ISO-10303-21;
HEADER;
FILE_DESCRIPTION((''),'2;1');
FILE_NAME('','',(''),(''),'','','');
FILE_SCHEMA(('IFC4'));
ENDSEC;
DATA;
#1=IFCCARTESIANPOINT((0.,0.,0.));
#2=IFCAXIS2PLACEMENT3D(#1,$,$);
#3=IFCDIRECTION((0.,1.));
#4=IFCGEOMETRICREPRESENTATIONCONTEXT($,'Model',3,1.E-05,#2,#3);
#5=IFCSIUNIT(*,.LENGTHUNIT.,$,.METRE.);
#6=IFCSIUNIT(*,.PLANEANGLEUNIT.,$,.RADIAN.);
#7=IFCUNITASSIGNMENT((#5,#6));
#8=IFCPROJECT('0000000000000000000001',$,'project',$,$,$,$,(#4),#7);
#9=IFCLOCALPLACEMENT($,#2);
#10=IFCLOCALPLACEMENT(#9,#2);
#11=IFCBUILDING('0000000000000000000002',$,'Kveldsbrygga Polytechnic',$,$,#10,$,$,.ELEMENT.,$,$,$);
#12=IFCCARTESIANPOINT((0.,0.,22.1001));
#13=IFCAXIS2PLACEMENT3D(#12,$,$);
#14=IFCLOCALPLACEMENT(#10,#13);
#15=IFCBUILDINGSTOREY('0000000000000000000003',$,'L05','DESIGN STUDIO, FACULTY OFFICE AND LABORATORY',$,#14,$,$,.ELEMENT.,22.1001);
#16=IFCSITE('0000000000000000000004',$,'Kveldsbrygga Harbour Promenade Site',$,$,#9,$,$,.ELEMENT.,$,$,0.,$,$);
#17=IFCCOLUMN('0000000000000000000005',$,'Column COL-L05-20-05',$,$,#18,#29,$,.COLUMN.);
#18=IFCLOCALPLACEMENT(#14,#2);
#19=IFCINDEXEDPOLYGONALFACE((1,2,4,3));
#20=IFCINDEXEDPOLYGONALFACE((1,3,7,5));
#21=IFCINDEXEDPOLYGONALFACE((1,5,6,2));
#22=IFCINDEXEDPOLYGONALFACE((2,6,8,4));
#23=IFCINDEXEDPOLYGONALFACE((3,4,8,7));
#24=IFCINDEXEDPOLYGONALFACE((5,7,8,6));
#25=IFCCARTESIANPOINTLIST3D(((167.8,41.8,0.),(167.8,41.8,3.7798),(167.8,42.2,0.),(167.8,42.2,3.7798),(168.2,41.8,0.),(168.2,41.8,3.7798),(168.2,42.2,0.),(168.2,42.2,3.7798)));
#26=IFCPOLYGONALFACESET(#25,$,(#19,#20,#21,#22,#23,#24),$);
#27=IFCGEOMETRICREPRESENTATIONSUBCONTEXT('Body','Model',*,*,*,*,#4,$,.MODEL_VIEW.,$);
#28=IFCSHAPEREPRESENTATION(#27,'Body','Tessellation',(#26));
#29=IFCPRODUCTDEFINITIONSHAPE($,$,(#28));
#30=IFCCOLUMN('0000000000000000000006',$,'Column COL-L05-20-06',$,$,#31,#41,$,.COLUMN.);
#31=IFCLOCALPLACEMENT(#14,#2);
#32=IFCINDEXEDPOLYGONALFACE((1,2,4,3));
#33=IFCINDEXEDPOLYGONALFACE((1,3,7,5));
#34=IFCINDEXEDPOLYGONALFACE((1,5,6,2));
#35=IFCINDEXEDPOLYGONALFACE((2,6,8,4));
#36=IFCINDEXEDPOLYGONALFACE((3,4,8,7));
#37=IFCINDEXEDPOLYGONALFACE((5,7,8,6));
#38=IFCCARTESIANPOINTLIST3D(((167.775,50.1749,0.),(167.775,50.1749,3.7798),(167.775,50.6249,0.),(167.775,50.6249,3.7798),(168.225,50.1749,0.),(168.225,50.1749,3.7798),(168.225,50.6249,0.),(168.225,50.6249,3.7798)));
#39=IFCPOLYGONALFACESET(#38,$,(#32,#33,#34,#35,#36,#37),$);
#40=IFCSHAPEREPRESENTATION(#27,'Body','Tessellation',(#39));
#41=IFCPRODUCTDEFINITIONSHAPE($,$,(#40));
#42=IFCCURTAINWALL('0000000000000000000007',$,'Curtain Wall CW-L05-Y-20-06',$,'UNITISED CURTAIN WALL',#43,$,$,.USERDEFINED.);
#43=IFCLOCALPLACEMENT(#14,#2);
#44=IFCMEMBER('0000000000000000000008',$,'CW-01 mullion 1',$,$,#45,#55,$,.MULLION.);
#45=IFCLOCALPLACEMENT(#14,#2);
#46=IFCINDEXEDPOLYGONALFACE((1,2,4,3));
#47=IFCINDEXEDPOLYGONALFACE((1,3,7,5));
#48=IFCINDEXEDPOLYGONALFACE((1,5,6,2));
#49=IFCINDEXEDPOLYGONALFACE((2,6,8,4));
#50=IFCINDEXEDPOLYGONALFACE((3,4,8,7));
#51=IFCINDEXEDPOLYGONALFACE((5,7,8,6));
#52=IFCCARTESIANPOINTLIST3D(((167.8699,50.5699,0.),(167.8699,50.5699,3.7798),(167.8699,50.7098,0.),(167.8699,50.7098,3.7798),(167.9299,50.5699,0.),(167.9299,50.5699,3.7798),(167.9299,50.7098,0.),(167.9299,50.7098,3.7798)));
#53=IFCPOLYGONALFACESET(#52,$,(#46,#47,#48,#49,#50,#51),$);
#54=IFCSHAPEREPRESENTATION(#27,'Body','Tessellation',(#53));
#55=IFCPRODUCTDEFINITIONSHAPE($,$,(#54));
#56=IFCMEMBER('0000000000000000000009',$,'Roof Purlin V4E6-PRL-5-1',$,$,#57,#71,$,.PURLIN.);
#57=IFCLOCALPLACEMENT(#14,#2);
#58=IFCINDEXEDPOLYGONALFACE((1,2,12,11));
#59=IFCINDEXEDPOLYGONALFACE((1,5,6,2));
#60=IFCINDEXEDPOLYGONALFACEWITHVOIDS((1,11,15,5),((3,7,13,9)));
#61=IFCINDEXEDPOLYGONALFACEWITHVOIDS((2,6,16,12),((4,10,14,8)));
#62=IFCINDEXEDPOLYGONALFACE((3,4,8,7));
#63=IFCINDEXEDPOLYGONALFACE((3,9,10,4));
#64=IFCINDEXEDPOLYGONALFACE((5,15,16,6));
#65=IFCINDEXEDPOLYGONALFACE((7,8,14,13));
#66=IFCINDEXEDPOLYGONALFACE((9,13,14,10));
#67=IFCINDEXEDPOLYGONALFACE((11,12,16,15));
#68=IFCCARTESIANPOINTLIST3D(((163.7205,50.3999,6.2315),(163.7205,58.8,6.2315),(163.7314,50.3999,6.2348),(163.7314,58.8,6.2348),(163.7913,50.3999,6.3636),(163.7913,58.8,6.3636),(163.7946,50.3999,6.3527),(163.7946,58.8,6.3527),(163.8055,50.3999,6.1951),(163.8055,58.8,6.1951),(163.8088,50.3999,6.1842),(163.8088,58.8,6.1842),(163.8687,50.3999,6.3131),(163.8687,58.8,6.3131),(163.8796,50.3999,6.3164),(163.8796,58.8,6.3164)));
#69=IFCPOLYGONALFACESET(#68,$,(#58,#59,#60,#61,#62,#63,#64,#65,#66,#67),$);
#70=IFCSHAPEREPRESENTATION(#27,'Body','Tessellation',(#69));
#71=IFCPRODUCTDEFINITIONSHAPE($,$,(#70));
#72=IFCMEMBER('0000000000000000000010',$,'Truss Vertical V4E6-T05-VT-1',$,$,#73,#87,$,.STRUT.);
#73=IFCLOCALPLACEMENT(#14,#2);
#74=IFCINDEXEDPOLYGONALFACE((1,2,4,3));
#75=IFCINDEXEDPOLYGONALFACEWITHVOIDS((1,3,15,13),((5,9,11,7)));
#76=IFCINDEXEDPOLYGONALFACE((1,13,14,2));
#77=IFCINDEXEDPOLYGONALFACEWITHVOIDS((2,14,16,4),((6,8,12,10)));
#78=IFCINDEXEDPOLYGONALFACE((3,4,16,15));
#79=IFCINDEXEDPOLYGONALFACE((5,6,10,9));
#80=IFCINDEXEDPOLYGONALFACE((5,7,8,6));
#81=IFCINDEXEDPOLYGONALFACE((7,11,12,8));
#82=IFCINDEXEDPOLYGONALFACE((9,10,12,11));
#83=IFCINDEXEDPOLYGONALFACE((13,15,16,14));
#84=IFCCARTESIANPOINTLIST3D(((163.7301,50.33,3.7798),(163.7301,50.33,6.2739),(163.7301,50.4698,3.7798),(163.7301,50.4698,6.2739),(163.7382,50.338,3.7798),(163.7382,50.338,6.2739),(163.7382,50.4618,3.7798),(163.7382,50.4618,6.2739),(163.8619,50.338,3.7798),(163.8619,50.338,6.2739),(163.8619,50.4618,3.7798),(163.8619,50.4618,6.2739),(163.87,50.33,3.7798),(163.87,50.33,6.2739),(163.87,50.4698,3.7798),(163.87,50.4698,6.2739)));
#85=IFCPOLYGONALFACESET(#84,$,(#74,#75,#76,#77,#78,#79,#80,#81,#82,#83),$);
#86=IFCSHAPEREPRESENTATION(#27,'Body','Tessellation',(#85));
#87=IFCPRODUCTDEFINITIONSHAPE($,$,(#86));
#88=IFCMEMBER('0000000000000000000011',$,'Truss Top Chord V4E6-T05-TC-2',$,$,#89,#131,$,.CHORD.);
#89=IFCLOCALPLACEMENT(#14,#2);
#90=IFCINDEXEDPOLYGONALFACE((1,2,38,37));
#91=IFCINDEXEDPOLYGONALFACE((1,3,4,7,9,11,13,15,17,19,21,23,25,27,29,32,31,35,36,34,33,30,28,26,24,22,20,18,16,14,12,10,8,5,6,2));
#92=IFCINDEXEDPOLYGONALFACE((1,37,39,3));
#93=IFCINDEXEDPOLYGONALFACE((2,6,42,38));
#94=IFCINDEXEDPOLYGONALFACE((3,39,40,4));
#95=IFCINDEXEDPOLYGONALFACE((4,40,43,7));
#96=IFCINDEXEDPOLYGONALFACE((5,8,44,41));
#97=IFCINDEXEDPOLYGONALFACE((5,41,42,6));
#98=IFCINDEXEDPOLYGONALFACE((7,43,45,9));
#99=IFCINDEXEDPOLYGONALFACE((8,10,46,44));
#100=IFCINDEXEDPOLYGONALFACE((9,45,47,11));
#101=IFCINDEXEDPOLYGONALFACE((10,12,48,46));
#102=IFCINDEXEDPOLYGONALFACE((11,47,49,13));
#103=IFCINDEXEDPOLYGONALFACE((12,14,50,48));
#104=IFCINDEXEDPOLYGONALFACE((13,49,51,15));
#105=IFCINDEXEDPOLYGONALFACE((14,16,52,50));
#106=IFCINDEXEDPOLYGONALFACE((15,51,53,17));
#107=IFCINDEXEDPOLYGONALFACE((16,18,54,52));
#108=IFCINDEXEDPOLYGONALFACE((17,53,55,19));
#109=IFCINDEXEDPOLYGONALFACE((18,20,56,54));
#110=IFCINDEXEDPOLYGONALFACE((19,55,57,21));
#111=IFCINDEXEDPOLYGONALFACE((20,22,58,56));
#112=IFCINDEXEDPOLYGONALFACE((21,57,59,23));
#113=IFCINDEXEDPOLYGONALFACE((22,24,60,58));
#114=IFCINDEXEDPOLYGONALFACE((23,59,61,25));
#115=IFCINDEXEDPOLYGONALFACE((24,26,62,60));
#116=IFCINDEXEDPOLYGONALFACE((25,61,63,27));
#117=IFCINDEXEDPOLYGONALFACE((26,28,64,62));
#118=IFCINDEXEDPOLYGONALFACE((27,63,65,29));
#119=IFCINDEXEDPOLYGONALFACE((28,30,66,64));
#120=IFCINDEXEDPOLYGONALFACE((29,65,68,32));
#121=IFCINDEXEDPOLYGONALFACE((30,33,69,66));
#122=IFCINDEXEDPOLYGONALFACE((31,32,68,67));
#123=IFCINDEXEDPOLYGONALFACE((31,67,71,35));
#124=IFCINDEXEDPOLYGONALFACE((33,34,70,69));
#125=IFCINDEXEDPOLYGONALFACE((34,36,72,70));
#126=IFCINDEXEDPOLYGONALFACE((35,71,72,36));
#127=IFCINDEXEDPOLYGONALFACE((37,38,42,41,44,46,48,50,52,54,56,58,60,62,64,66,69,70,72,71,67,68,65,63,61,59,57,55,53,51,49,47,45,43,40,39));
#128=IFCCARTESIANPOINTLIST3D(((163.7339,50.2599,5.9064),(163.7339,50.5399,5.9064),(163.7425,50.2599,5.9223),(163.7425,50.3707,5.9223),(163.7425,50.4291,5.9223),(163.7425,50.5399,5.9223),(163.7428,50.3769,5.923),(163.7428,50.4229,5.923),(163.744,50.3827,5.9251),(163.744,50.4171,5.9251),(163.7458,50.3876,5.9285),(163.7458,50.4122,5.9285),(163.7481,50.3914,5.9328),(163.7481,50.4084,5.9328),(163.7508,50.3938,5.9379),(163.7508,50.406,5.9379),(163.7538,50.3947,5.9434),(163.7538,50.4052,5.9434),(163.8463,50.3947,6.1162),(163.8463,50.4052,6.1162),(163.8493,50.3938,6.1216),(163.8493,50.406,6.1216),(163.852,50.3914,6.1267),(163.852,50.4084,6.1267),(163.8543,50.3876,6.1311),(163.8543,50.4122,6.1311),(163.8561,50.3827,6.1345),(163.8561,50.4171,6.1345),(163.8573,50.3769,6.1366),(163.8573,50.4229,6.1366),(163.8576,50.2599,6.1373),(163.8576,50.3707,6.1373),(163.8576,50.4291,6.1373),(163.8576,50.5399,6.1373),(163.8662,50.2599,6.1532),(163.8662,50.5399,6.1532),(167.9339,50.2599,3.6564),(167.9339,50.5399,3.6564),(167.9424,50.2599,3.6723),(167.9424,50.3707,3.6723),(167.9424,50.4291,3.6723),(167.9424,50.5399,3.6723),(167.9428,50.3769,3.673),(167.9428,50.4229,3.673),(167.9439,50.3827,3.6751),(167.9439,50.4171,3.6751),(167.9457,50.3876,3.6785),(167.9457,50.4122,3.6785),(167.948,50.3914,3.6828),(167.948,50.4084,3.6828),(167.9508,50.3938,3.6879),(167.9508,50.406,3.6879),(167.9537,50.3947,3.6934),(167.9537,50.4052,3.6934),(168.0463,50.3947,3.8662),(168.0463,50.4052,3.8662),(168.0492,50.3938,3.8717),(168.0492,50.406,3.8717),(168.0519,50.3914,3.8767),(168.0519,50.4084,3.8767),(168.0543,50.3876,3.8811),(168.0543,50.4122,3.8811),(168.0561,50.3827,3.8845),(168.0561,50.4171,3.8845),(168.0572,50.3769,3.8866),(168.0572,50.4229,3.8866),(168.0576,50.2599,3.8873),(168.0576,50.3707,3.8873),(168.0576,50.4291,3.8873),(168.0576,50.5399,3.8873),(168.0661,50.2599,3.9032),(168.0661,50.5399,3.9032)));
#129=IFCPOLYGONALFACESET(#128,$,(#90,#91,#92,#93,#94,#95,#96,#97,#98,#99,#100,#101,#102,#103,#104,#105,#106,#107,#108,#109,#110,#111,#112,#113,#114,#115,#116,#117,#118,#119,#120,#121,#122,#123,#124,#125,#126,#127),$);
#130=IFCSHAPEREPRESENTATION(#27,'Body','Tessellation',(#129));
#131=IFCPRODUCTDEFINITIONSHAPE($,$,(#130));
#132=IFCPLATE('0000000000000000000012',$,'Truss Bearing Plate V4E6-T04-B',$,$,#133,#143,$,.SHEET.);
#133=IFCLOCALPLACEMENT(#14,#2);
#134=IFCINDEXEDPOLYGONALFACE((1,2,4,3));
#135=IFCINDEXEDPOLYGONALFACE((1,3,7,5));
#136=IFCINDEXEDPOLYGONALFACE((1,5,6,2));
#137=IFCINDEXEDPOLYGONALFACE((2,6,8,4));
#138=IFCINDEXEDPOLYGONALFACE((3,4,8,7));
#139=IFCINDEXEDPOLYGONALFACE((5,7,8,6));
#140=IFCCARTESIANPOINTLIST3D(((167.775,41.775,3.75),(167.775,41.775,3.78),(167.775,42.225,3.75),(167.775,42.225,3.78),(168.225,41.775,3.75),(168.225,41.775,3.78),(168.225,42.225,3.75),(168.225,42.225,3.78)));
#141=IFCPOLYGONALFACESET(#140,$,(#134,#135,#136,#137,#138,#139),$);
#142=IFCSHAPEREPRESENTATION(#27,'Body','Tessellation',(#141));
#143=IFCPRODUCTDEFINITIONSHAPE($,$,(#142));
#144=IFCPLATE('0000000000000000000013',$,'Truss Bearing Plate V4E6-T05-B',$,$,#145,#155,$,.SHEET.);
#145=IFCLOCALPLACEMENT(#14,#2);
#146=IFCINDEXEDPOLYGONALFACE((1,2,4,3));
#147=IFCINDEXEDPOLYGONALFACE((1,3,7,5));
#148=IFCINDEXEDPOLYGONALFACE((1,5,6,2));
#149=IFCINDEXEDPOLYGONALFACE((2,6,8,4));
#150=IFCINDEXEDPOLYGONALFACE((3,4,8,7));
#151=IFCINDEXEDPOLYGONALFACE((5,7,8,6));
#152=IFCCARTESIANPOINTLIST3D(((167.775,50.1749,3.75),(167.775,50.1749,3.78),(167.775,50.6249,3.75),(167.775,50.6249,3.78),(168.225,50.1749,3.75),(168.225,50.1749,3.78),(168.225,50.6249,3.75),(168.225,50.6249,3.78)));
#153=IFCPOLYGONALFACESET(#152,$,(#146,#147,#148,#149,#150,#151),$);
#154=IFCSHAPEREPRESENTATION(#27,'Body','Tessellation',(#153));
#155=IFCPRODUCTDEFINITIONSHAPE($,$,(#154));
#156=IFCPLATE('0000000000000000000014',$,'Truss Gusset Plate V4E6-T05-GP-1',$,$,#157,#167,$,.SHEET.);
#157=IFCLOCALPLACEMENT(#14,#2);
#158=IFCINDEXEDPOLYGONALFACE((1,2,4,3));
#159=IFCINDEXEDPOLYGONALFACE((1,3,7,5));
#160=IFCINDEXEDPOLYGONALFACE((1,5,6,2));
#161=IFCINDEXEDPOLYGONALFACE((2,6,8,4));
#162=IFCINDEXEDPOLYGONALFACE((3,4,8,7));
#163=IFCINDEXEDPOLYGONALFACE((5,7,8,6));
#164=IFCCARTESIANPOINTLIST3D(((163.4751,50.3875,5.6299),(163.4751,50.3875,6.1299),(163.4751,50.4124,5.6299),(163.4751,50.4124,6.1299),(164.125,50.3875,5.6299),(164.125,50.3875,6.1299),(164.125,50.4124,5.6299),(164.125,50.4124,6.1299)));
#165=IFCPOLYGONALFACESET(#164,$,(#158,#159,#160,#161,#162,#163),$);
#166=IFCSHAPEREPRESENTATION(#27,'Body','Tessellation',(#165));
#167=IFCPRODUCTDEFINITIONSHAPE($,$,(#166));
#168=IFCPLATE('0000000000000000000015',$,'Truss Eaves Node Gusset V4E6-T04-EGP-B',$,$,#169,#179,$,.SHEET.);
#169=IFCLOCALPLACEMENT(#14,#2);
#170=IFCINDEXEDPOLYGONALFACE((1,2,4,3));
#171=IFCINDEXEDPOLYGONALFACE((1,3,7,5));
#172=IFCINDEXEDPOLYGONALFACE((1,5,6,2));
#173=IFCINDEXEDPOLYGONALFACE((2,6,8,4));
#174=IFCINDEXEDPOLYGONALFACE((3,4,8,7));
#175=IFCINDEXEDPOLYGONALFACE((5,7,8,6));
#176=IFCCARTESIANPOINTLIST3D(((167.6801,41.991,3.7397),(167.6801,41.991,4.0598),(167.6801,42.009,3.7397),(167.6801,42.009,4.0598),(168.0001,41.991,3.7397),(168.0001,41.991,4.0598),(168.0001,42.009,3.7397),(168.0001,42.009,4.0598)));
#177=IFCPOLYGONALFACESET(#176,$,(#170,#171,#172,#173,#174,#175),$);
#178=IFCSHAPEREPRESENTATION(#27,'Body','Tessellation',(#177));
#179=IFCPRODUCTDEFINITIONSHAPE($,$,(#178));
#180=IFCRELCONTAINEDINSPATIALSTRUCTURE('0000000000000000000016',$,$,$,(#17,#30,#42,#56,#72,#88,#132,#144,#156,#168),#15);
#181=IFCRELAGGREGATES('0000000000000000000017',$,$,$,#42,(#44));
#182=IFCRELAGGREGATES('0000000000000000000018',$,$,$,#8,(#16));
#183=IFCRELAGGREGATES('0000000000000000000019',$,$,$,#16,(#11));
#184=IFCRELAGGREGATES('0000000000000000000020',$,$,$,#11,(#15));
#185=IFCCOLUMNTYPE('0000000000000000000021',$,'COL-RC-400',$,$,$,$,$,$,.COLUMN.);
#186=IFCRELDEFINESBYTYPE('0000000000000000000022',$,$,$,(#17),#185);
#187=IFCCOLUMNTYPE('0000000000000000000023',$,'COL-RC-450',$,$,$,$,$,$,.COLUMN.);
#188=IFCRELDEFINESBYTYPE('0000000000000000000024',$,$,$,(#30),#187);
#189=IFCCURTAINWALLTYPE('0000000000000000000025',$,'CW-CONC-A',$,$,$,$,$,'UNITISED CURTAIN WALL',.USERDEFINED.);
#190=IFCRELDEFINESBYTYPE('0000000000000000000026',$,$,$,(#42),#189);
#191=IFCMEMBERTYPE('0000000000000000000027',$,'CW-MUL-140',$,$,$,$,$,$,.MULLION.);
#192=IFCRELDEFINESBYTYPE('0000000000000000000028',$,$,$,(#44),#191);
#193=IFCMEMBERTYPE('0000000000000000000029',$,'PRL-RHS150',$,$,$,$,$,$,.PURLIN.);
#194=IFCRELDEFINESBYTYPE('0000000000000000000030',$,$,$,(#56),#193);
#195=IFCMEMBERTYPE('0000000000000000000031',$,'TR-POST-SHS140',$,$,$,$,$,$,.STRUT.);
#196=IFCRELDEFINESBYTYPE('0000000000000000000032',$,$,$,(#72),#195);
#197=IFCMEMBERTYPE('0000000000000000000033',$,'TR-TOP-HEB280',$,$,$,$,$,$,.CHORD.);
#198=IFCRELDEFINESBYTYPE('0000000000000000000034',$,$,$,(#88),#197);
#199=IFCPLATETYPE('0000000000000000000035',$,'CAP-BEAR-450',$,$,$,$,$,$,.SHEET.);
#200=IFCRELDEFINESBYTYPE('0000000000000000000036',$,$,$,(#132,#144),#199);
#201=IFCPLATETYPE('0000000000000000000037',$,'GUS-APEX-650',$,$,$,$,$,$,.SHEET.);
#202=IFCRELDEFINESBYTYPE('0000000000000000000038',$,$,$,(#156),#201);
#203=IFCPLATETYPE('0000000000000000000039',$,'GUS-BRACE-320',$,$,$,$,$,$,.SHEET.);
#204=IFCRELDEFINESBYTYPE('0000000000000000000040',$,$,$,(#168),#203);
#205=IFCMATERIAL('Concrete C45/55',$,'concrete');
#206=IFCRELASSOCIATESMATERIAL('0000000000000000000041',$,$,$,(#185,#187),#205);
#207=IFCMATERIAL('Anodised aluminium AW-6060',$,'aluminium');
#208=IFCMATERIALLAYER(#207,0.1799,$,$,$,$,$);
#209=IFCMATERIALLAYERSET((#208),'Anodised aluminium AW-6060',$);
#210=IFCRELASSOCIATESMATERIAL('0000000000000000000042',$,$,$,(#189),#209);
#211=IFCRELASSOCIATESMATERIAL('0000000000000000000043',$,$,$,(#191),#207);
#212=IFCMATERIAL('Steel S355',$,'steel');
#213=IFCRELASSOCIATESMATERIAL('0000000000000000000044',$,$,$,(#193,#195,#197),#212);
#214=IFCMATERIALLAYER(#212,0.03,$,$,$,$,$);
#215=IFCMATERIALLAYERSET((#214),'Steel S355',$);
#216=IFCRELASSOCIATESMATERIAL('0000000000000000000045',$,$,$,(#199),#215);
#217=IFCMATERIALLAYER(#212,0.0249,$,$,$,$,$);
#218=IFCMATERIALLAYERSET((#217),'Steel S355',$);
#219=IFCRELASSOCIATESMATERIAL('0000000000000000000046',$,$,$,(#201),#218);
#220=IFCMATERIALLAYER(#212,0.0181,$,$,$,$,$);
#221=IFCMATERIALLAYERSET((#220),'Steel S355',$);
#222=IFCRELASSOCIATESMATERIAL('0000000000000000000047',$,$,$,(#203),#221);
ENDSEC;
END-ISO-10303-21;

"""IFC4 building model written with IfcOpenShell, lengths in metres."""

from ifc_helpers import new_model, si_unit, direction, frame, origin, origin_2d, place, context, subcontext, project, spatial, rectangle, hollow_rectangle, i_section, extrude, material, layer, layer_set, material_profile, profile_set, type_object, element, aggregate, save


model = new_model("IFC4")

# Units and contexts
model_context = context("Model", 3, precision=1e-05, world=origin(), true_north=direction((0.0, 1.0)))
body_context = subcontext(model_context, "Body", "Model", "MODEL_VIEW")
ifc_project = project(units=[si_unit("LENGTHUNIT", "METRE"), si_unit("PLANEANGLEUNIT", "RADIAN")], contexts=[model_context])

# Site, building, storey
site_placement = place(None, origin())
site = spatial("IfcSite", under=ifc_project, at=site_placement, Name="Kveldsbrygga Harbour Promenade Site", CompositionType="ELEMENT", RefElevation=0.0)
building_placement = place(site_placement, origin())
building = spatial("IfcBuilding", under=site, at=building_placement, Name="Kveldsbrygga Polytechnic", CompositionType="ELEMENT")
storey_placement = place(building_placement, frame((0.0, 0.0, 22.1001)))
storey = spatial("IfcBuildingStorey", under=building, at=storey_placement, Name="L05", Description="DESIGN STUDIO, FACULTY OFFICE AND LABORATORY", CompositionType="ELEMENT", Elevation=22.1001)

# Columns
ifc_material_1 = material(Name="Concrete C45/55", Category="concrete")
ifc_material_profile_1 = material_profile(ifc_material_1, rectangle(XDim=0.3999, YDim=0.3999, at=origin_2d()), Name="RC 400x400")
ifc_profile_set_1 = profile_set([ifc_material_profile_1], Name="Concrete C45/55")
column_type_1 = type_object("IfcColumnType", Name="COL-RC-400", PredefinedType="COLUMN", material=ifc_profile_set_1)
column_1_placement = place(storey_placement, frame((168.0, 42.0, 0.0), z_axis=(0.0, 0.0, 1.0), x_axis=(1.0, 0.0, 0.0)))
element("IfcColumn", 1, at=column_1_placement, inside=storey, type_object=column_type_1, Name="Column COL-L05-20-05", PredefinedType="COLUMN", context=body_context, shape_type="SweptSolid", body=[
    extrude(rectangle(XDim=0.3999, YDim=0.3999, at=origin_2d()), origin(), (0.0, 0.0, 1.0), 3.7798),
])
ifc_material_profile_2 = material_profile(ifc_material_1, rectangle(XDim=0.45, YDim=0.45, at=origin_2d()), Name="RC 450x450")
ifc_profile_set_2 = profile_set([ifc_material_profile_2], Name="Concrete C45/55")
column_type_2 = type_object("IfcColumnType", Name="COL-RC-450", PredefinedType="COLUMN", material=ifc_profile_set_2)
column_2_placement = place(storey_placement, frame((168.0, 50.3999, 0.0), z_axis=(0.0, 0.0, 1.0), x_axis=(1.0, 0.0, 0.0)))
element("IfcColumn", 2, at=column_2_placement, inside=storey, type_object=column_type_2, Name="Column COL-L05-20-06", PredefinedType="COLUMN", context=body_context, shape_type="SweptSolid", body=[
    extrude(rectangle(XDim=0.45, YDim=0.45, at=origin_2d()), origin(), (0.0, 0.0, 1.0), 3.7798),
])

# Curtain wall, member
ifc_material_2 = material(Name="Anodised aluminium AW-6060", Category="aluminium")
ifc_layer_1 = layer(ifc_material_2, 0.1799)
ifc_layer_set_1 = layer_set([ifc_layer_1], Name="Anodised aluminium AW-6060")
curtain_wall_type = type_object("IfcCurtainWallType", Name="CW-CONC-A", ElementType="UNITISED CURTAIN WALL", PredefinedType="USERDEFINED", material=ifc_layer_set_1)
curtain_wall_placement = place(storey_placement, origin())
curtain_wall = element("IfcCurtainWall", 3, at=curtain_wall_placement, inside=storey, type_object=curtain_wall_type, Name="Curtain Wall CW-L05-Y-20-06", ObjectType="UNITISED CURTAIN WALL", PredefinedType="USERDEFINED")
ifc_material_profile_3 = material_profile(ifc_material_2, rectangle(XDim=0.0601, YDim=0.1399, at=origin_2d()), Name="ALU 60x140")
ifc_profile_set_3 = profile_set([ifc_material_profile_3], Name="Anodised aluminium AW-6060")
member_type_1 = type_object("IfcMemberType", Name="CW-MUL-140", PredefinedType="MULLION", material=ifc_profile_set_3)
member_1_placement = place(storey_placement, frame((167.8999, 50.6399, 0.0), z_axis=(0.0, 0.0, 1.0), x_axis=(-1.0, 0.0, 0.0)))
member_1 = element("IfcMember", 4, at=member_1_placement, type_object=member_type_1, Name="CW-01 mullion 1", PredefinedType="MULLION", context=body_context, shape_type="SweptSolid", body=[
    extrude(rectangle(XDim=0.0601, YDim=0.1399, at=origin_2d()), origin(), (0.0, 0.0, 1.0), 3.7798),
])
aggregate(curtain_wall, [member_1])

# Members
ifc_material_3 = material(Name="Steel S355", Category="steel")
ifc_material_profile_4 = material_profile(ifc_material_3, hollow_rectangle(XDim=0.1001, YDim=0.1499, WallThickness=0.0081, at=origin_2d()), Name="RHS 150x100x8.0")
ifc_profile_set_4 = profile_set([ifc_material_profile_4], Name="Steel S355")
member_type_2 = type_object("IfcMemberType", Name="PRL-RHS150", PredefinedType="PURLIN", material=ifc_profile_set_4)
member_2_placement = place(storey_placement, frame((163.8, 50.3999, 6.2739), z_axis=(0.0, 1.0, 0.0), x_axis=(-0.88148, 0.0, 0.472222)))
element("IfcMember", 5, at=member_2_placement, inside=storey, type_object=member_type_2, Name="Roof Purlin V4E6-PRL-5-1", PredefinedType="PURLIN", context=body_context, shape_type="SweptSolid", body=[
    extrude(hollow_rectangle(XDim=0.1001, YDim=0.1499, WallThickness=0.0081, at=origin_2d()), origin(), (0.0, 0.0, 1.0), 8.4001),
])
ifc_material_profile_5 = material_profile(ifc_material_3, hollow_rectangle(XDim=0.1399, YDim=0.1399, WallThickness=0.0081, at=origin_2d()), Name="SHS 140x140x8.0")
ifc_profile_set_5 = profile_set([ifc_material_profile_5], Name="Steel S355")
member_type_3 = type_object("IfcMemberType", Name="TR-POST-SHS140", PredefinedType="STRUT", material=ifc_profile_set_5)
member_3_placement = place(storey_placement, frame((163.8, 50.3999, 3.7798), z_axis=(0.0, 0.0, 1.0), x_axis=(1.0, 0.0, 0.0)))
element("IfcMember", 6, at=member_3_placement, inside=storey, type_object=member_type_3, Name="Truss Vertical V4E6-T05-VT-1", PredefinedType="STRUT", context=body_context, shape_type="SweptSolid", body=[
    extrude(hollow_rectangle(XDim=0.1399, YDim=0.1399, WallThickness=0.0081, at=origin_2d()), origin(), (0.0, 0.0, 1.0), 2.4941),
])
ifc_material_profile_6 = material_profile(ifc_material_3, i_section(OverallWidth=0.28, OverallDepth=0.28, WebThickness=0.0105, FlangeThickness=0.0181, FilletRadius=0.0239, at=origin_2d()), Name="HEB 280")
ifc_profile_set_6 = profile_set([ifc_material_profile_6], Name="Steel S355")
member_type_4 = type_object("IfcMemberType", Name="TR-TOP-HEB280", PredefinedType="CHORD", material=ifc_profile_set_6)
member_4_placement = place(storey_placement, frame((163.8, 50.3999, 6.0298), z_axis=(0.881478, 0.0, -0.472226), x_axis=(0.0, 1.0, 0.0)))
element("IfcMember", 7, at=member_4_placement, inside=storey, type_object=member_type_4, Name="Truss Top Chord V4E6-T05-TC-2", PredefinedType="CHORD", context=body_context, shape_type="SweptSolid", body=[
    extrude(i_section(OverallWidth=0.28, OverallDepth=0.28, WebThickness=0.0105, FlangeThickness=0.0181, FilletRadius=0.0239, at=origin_2d()), origin(), (0.0, 0.0, 1.0), 4.7646),
])

# Plates
ifc_layer_2 = layer(ifc_material_3, 0.03)
ifc_layer_set_2 = layer_set([ifc_layer_2], Name="Steel S355")
plate_type_1 = type_object("IfcPlateType", Name="CAP-BEAR-450", PredefinedType="SHEET", material=ifc_layer_set_2)
for number, where, z_axis, x_axis, name in (
    (8, (168.0, 42.0, 3.75), (0.0, 0.0, 1.0), (1.0, 0.0, 0.0), "Truss Bearing Plate V4E6-T04-B"),
    (9, (168.0, 50.3999, 3.75), (0.0, 0.0, 1.0), (1.0, 0.0, 0.0), "Truss Bearing Plate V4E6-T05-B"),
):
    element("IfcPlate", number, at=place(storey_placement, frame(where, z_axis=z_axis, x_axis=x_axis)), inside=storey, type_object=plate_type_1, Name=name, PredefinedType="SHEET", context=body_context, shape_type="SweptSolid", body=[
        extrude(rectangle(XDim=0.45, YDim=0.45, at=origin_2d()), origin(), (0.0, 0.0, 1.0), 0.03),
    ])
ifc_layer_3 = layer(ifc_material_3, 0.0249)
ifc_layer_set_3 = layer_set([ifc_layer_3], Name="Steel S355")
plate_type_2 = type_object("IfcPlateType", Name="GUS-APEX-650", PredefinedType="SHEET", material=ifc_layer_set_3)
plate_1_placement = place(storey_placement, frame((163.8, 50.3999, 5.6299), z_axis=(0.0, 0.0, 1.0), x_axis=(1.0, 0.0, 0.0)))
element("IfcPlate", 10, at=plate_1_placement, inside=storey, type_object=plate_type_2, Name="Truss Gusset Plate V4E6-T05-GP-1", PredefinedType="SHEET", context=body_context, shape_type="SweptSolid", body=[
    extrude(rectangle(XDim=0.6499, YDim=0.0249, at=origin_2d()), origin(), (0.0, 0.0, 1.0), 0.5),
])
ifc_layer_4 = layer(ifc_material_3, 0.0181)
ifc_layer_set_4 = layer_set([ifc_layer_4], Name="Steel S355")
plate_type_3 = type_object("IfcPlateType", Name="GUS-BRACE-320", PredefinedType="SHEET", material=ifc_layer_set_4)
for number, where, z_axis, x_axis, name in (
    (11, (167.8401, 42.0, 3.7397), (0.0, 0.0, 1.0), (1.0, 0.0, 0.0), "Truss Eaves Node Gusset V4E6-T04-EGP-B"),
):
    element("IfcPlate", number, at=place(storey_placement, frame(where, z_axis=z_axis, x_axis=x_axis)), inside=storey, type_object=plate_type_3, Name=name, PredefinedType="SHEET", context=body_context, shape_type="SweptSolid", body=[
        extrude(rectangle(XDim=0.3201, YDim=0.0181, at=origin_2d()), origin(), (0.0, 0.0, 1.0), 0.3201),
    ])

save(model, "model.ifc")
